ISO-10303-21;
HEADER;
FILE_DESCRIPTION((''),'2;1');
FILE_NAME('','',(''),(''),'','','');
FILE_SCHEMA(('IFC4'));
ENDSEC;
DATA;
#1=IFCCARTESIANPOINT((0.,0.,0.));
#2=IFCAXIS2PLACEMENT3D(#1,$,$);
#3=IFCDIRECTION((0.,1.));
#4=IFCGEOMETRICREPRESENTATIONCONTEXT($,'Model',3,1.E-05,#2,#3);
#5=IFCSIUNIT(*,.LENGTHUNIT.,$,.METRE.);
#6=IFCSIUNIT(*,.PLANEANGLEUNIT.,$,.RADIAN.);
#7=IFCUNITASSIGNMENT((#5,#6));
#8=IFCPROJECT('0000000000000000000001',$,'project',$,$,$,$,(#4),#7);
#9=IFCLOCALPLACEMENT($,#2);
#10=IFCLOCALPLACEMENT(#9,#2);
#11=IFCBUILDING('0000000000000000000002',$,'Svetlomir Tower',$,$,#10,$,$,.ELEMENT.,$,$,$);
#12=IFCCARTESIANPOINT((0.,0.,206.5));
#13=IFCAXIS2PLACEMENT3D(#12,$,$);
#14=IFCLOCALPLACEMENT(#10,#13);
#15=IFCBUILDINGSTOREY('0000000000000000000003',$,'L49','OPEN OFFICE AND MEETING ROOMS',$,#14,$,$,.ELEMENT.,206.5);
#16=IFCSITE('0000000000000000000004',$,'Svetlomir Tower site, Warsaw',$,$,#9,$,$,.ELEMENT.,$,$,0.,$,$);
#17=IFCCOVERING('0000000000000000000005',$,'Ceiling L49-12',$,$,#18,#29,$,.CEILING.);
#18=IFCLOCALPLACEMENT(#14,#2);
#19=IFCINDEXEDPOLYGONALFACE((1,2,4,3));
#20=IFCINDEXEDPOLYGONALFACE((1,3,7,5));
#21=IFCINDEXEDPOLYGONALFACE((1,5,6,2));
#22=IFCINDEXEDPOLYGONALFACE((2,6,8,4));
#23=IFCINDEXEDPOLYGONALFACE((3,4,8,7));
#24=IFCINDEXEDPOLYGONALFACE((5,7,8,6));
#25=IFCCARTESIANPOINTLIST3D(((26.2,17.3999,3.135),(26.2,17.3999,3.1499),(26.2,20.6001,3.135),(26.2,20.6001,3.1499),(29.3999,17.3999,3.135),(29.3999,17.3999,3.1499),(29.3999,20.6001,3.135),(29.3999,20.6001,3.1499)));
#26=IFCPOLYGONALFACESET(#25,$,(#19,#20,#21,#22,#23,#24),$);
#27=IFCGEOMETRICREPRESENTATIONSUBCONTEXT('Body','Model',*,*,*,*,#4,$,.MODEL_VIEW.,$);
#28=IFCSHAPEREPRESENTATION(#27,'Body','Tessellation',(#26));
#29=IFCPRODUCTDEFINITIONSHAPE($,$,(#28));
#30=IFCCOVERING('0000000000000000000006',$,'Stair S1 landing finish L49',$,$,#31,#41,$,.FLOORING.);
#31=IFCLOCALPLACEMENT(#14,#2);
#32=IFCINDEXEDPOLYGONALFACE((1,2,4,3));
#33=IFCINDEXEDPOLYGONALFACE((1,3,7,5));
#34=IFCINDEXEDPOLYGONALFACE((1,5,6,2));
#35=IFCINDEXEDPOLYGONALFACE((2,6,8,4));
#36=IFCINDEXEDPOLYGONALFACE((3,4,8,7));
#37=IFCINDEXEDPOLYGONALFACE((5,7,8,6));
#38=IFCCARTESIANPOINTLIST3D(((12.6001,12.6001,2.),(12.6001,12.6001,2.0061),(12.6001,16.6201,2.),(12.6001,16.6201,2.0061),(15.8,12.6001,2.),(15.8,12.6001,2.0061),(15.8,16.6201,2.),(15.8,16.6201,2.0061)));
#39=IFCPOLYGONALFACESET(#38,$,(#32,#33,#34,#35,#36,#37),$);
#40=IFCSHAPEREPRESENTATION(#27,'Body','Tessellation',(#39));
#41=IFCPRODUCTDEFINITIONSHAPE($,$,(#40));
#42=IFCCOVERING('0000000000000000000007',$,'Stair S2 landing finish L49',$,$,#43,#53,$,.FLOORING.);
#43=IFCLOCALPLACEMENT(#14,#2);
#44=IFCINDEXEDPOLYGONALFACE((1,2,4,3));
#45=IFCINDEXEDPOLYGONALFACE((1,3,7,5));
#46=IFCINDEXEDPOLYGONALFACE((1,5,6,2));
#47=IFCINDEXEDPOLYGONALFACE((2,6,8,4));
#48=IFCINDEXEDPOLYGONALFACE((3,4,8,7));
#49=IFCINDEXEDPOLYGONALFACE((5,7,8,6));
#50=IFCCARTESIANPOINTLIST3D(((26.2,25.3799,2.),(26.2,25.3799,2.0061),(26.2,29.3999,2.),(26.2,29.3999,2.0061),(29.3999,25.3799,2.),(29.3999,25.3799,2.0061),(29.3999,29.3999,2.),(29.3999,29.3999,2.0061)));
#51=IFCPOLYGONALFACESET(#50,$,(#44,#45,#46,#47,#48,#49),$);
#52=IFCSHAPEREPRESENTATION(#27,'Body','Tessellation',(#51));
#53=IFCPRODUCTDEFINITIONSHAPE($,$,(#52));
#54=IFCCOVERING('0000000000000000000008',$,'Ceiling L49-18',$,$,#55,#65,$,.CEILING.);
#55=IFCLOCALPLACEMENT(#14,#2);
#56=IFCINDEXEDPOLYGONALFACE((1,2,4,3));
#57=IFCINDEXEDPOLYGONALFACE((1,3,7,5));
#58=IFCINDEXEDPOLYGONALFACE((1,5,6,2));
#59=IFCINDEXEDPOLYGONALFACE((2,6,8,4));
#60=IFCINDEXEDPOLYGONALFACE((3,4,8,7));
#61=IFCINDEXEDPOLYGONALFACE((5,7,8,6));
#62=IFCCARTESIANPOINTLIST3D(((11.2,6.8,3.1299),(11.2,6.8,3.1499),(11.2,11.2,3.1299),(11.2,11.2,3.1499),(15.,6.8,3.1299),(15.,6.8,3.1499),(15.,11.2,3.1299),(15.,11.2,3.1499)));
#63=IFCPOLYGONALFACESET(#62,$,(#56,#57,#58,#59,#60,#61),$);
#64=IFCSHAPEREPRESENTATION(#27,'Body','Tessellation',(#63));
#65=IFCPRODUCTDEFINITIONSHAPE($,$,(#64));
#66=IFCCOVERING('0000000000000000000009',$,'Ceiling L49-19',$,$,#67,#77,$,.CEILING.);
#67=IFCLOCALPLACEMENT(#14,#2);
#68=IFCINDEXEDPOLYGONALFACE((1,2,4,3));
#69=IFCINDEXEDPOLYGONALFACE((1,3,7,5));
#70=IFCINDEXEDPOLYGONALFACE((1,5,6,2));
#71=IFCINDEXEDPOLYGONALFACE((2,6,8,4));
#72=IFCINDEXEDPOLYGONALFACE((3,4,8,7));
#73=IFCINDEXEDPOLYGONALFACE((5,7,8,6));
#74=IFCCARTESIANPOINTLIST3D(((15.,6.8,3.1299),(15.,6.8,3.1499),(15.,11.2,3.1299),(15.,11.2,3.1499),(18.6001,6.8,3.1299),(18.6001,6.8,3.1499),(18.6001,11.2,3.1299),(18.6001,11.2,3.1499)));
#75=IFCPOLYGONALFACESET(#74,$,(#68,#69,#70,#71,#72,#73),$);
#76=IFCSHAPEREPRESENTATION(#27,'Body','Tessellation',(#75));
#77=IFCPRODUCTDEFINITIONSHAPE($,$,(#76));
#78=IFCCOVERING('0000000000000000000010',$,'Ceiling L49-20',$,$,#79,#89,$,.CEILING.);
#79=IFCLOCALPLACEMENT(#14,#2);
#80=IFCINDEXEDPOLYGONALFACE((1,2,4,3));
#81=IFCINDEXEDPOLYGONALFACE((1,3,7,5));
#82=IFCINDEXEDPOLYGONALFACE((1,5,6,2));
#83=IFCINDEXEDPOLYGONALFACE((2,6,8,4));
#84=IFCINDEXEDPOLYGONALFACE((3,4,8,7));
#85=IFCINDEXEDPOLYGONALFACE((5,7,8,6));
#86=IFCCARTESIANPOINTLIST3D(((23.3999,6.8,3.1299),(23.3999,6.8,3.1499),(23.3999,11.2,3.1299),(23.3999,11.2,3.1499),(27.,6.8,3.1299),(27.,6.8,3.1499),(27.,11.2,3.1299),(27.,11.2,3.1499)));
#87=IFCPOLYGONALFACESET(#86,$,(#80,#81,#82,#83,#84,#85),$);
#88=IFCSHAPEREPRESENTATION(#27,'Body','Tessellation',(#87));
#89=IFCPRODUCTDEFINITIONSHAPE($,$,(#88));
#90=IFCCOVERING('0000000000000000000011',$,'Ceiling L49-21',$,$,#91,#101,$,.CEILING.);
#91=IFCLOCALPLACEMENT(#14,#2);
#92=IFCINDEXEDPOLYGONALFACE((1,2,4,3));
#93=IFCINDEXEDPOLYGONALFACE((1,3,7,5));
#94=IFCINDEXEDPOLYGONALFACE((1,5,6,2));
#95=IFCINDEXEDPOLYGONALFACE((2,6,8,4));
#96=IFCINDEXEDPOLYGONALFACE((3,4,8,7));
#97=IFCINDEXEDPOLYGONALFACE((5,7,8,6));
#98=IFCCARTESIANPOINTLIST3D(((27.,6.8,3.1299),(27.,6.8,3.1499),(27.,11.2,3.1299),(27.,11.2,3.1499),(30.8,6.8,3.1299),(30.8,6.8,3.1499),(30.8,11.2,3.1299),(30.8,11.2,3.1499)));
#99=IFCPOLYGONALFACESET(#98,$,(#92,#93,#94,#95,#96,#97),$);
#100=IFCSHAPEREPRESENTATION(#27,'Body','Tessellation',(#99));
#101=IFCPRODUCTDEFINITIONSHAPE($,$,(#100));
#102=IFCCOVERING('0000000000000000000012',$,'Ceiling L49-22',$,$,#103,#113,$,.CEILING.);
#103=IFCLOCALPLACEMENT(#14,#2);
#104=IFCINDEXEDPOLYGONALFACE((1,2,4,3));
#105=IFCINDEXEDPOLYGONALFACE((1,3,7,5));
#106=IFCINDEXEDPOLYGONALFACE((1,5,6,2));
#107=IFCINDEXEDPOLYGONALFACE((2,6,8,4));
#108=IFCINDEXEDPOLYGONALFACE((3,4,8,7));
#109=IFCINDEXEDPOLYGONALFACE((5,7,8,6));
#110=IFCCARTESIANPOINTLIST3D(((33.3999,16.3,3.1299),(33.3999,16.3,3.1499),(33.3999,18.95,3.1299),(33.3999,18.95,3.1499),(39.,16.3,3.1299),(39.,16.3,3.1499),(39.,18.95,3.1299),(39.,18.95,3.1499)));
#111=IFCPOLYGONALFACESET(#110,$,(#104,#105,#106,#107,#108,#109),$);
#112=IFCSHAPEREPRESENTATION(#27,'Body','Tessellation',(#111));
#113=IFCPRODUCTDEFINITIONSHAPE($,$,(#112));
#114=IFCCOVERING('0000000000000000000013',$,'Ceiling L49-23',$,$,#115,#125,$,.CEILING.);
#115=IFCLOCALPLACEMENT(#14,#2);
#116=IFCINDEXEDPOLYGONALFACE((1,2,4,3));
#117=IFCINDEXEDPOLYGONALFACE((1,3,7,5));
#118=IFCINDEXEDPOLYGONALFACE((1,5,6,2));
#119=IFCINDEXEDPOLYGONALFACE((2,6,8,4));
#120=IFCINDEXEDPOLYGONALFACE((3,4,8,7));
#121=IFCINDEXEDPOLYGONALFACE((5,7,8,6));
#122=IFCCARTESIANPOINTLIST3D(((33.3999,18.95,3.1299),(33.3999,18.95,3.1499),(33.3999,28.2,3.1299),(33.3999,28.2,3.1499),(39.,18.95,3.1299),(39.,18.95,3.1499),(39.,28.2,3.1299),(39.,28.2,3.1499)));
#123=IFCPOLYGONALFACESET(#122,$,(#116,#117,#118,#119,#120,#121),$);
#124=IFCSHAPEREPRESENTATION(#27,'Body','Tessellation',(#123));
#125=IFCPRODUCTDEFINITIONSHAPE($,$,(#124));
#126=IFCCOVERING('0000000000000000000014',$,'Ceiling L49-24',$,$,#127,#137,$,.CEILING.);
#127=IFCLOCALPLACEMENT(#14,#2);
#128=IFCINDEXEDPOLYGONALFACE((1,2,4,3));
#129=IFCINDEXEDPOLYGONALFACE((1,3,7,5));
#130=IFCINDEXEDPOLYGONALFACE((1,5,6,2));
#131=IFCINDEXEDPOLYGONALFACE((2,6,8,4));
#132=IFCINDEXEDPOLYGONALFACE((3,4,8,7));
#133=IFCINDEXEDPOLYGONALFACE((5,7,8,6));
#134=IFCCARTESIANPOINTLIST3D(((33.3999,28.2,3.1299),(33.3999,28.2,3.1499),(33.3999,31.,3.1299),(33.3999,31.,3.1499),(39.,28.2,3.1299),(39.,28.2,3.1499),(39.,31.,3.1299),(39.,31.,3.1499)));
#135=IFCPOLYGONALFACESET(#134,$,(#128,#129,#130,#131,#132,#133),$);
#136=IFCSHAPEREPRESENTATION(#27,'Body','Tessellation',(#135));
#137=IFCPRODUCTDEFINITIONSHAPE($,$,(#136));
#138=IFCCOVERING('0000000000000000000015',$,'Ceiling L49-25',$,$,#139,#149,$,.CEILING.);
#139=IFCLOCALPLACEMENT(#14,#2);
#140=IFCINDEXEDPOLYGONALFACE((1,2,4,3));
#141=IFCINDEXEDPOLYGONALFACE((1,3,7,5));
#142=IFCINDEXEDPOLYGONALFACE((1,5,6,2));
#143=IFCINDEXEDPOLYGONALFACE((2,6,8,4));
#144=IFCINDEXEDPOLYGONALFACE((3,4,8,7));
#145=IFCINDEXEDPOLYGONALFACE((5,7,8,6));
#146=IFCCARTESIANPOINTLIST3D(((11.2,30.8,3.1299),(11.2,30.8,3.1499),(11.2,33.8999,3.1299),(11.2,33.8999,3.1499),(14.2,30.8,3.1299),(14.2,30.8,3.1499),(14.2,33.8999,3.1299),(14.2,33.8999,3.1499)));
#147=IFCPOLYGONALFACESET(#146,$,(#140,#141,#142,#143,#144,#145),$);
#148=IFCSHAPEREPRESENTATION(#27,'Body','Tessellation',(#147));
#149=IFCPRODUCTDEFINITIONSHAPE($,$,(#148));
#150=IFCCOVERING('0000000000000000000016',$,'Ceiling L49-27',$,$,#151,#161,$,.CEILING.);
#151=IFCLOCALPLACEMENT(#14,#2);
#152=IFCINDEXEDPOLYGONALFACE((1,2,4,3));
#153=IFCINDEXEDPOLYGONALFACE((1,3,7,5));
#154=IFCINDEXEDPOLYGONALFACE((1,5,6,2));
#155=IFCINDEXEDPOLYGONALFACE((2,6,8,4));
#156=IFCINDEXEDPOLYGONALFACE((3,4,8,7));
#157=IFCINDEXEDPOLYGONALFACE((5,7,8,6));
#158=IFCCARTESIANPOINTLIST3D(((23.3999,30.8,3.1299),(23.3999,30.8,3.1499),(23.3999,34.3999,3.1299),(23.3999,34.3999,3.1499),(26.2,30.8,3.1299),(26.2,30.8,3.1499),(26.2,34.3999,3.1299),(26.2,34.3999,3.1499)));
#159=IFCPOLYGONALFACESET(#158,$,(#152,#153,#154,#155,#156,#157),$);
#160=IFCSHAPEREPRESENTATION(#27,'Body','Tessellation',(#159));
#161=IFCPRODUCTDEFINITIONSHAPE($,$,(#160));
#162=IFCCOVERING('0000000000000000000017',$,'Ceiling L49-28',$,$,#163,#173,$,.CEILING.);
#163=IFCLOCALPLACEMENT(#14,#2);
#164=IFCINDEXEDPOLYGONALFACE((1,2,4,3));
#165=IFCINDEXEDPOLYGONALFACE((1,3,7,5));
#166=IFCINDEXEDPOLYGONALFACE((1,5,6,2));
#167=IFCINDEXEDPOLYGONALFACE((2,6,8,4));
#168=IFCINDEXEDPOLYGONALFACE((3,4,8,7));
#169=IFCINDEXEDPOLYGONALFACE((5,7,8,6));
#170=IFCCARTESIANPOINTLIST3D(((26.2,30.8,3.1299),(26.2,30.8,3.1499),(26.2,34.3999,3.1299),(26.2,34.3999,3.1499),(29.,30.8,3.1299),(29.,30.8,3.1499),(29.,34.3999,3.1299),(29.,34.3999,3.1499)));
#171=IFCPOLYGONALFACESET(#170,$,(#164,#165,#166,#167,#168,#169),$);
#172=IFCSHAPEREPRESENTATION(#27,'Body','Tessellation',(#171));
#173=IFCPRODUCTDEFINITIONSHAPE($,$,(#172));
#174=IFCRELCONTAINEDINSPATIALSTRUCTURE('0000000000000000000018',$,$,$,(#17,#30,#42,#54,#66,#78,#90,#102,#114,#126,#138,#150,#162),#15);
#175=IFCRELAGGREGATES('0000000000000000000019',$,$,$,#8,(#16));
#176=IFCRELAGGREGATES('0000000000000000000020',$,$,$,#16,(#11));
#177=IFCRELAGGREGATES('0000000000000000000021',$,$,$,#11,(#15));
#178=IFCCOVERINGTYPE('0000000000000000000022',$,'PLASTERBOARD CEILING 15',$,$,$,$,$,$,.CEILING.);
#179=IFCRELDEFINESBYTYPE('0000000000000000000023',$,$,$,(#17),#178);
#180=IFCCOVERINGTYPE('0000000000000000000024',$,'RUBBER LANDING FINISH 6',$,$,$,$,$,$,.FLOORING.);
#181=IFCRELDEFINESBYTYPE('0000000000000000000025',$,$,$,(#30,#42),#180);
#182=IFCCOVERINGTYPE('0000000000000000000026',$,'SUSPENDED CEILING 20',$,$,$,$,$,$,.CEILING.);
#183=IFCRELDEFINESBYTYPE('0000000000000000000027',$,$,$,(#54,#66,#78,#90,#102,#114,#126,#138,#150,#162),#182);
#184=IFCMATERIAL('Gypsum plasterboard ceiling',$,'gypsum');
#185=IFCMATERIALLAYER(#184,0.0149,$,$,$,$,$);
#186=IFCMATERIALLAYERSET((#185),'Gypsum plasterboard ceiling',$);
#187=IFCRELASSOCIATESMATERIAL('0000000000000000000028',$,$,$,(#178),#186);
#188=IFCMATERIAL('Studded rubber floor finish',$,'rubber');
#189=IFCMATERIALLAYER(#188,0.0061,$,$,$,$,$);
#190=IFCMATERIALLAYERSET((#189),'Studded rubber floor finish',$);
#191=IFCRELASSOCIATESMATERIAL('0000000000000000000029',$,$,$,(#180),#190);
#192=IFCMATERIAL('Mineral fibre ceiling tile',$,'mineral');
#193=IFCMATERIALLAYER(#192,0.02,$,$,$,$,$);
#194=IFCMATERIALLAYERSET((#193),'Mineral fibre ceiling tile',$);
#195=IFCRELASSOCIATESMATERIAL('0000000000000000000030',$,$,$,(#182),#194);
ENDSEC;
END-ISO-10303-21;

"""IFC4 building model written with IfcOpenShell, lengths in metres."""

from ifc_helpers import new_model, si_unit, direction, frame, origin, place, context, subcontext, project, spatial, polyline, outline, extrude, material, layer, layer_set, type_object, element, save


model = new_model("IFC4")

# Units and contexts
model_context = context("Model", 3, precision=1e-05, world=origin(), true_north=direction((0.0, 1.0)))
body_context = subcontext(model_context, "Body", "Model", "MODEL_VIEW")
ifc_project = project(units=[si_unit("LENGTHUNIT", "METRE"), si_unit("PLANEANGLEUNIT", "RADIAN")], contexts=[model_context])

# Site, building, storey
site_placement = place(None, origin())
site = spatial("IfcSite", under=ifc_project, at=site_placement, Name="Svetlomir Tower site, Warsaw", CompositionType="ELEMENT", RefElevation=0.0)
building_placement = place(site_placement, origin())
building = spatial("IfcBuilding", under=site, at=building_placement, Name="Svetlomir Tower", CompositionType="ELEMENT")
storey_placement = place(building_placement, frame((0.0, 0.0, 206.5)))
storey = spatial("IfcBuildingStorey", under=building, at=storey_placement, Name="L49", Description="OPEN OFFICE AND MEETING ROOMS", CompositionType="ELEMENT", Elevation=206.5)

# Coverings
ifc_material_1 = material(Name="Gypsum plasterboard ceiling", Category="gypsum")
ifc_layer_1 = layer(ifc_material_1, 0.0149)
ifc_layer_set_1 = layer_set([ifc_layer_1], Name="Gypsum plasterboard ceiling")
covering_type_1 = type_object("IfcCoveringType", Name="PLASTERBOARD CEILING 15", PredefinedType="CEILING", material=ifc_layer_set_1)
covering_1_placement = place(storey_placement, frame((0.0, 0.0, 3.135)))
element("IfcCovering", 1, at=covering_1_placement, inside=storey, type_object=covering_type_1, Name="Ceiling L49-12", PredefinedType="CEILING", context=body_context, shape_type="SweptSolid", body=[
    extrude(outline(polyline([(26.2, 17.3999), (29.3999, 17.3999), (29.3999, 20.6001), (26.2, 20.6001), (26.2, 17.3999)])), origin(), (0.0, 0.0, 1.0), 0.0149),
])
ifc_material_2 = material(Name="Studded rubber floor finish", Category="rubber")
ifc_layer_2 = layer(ifc_material_2, 0.0061)
ifc_layer_set_2 = layer_set([ifc_layer_2], Name="Studded rubber floor finish")
covering_type_2 = type_object("IfcCoveringType", Name="RUBBER LANDING FINISH 6", PredefinedType="FLOORING", material=ifc_layer_set_2)
covering_2_placement = place(storey_placement, frame((0.0, 0.0, 2.0)))
element("IfcCovering", 2, at=covering_2_placement, inside=storey, type_object=covering_type_2, Name="Stair S1 landing finish L49", PredefinedType="FLOORING", context=body_context, shape_type="SweptSolid", body=[
    extrude(outline(polyline([(12.6001, 12.6001), (15.8, 12.6001), (15.8, 16.6201), (12.6001, 16.6201), (12.6001, 12.6001)])), origin(), (0.0, 0.0, 1.0), 0.0061),
])
covering_3_placement = place(storey_placement, frame((0.0, 0.0, 2.0)))
element("IfcCovering", 3, at=covering_3_placement, inside=storey, type_object=covering_type_2, Name="Stair S2 landing finish L49", PredefinedType="FLOORING", context=body_context, shape_type="SweptSolid", body=[
    extrude(outline(polyline([(26.2, 25.3799), (29.3999, 25.3799), (29.3999, 29.3999), (26.2, 29.3999), (26.2, 25.3799)])), origin(), (0.0, 0.0, 1.0), 0.0061),
])
ifc_material_3 = material(Name="Mineral fibre ceiling tile", Category="mineral")
ifc_layer_3 = layer(ifc_material_3, 0.02)
ifc_layer_set_3 = layer_set([ifc_layer_3], Name="Mineral fibre ceiling tile")
covering_type_3 = type_object("IfcCoveringType", Name="SUSPENDED CEILING 20", PredefinedType="CEILING", material=ifc_layer_set_3)
covering_4_placement = place(storey_placement, frame((0.0, 0.0, 3.1299)))
element("IfcCovering", 4, at=covering_4_placement, inside=storey, type_object=covering_type_3, Name="Ceiling L49-18", PredefinedType="CEILING", context=body_context, shape_type="SweptSolid", body=[
    extrude(outline(polyline([(11.2, 6.8), (15.0, 6.8), (15.0, 11.2), (11.2, 11.2), (11.2, 6.8)])), origin(), (0.0, 0.0, 1.0), 0.02),
])
covering_5_placement = place(storey_placement, frame((0.0, 0.0, 3.1299)))
element("IfcCovering", 5, at=covering_5_placement, inside=storey, type_object=covering_type_3, Name="Ceiling L49-19", PredefinedType="CEILING", context=body_context, shape_type="SweptSolid", body=[
    extrude(outline(polyline([(15.0, 6.8), (18.6001, 6.8), (18.6001, 11.2), (15.0, 11.2), (15.0, 6.8)])), origin(), (0.0, 0.0, 1.0), 0.02),
])
covering_6_placement = place(storey_placement, frame((0.0, 0.0, 3.1299)))
element("IfcCovering", 6, at=covering_6_placement, inside=storey, type_object=covering_type_3, Name="Ceiling L49-20", PredefinedType="CEILING", context=body_context, shape_type="SweptSolid", body=[
    extrude(outline(polyline([(23.3999, 6.8), (27.0, 6.8), (27.0, 11.2), (23.3999, 11.2), (23.3999, 6.8)])), origin(), (0.0, 0.0, 1.0), 0.02),
])
covering_7_placement = place(storey_placement, frame((0.0, 0.0, 3.1299)))
element("IfcCovering", 7, at=covering_7_placement, inside=storey, type_object=covering_type_3, Name="Ceiling L49-21", PredefinedType="CEILING", context=body_context, shape_type="SweptSolid", body=[
    extrude(outline(polyline([(27.0, 6.8), (30.8, 6.8), (30.8, 11.2), (27.0, 11.2), (27.0, 6.8)])), origin(), (0.0, 0.0, 1.0), 0.02),
])
covering_8_placement = place(storey_placement, frame((0.0, 0.0, 3.1299)))
element("IfcCovering", 8, at=covering_8_placement, inside=storey, type_object=covering_type_3, Name="Ceiling L49-22", PredefinedType="CEILING", context=body_context, shape_type="SweptSolid", body=[
    extrude(outline(polyline([(33.3999, 16.3), (39.0, 16.3), (39.0, 18.95), (33.3999, 18.95), (33.3999, 16.3)])), origin(), (0.0, 0.0, 1.0), 0.02),
])
covering_9_placement = place(storey_placement, frame((0.0, 0.0, 3.1299)))
element("IfcCovering", 9, at=covering_9_placement, inside=storey, type_object=covering_type_3, Name="Ceiling L49-23", PredefinedType="CEILING", context=body_context, shape_type="SweptSolid", body=[
    extrude(outline(polyline([(33.3999, 18.95), (39.0, 18.95), (39.0, 28.2), (33.3999, 28.2), (33.3999, 18.95)])), origin(), (0.0, 0.0, 1.0), 0.02),
])
covering_10_placement = place(storey_placement, frame((0.0, 0.0, 3.1299)))
element("IfcCovering", 10, at=covering_10_placement, inside=storey, type_object=covering_type_3, Name="Ceiling L49-24", PredefinedType="CEILING", context=body_context, shape_type="SweptSolid", body=[
    extrude(outline(polyline([(33.3999, 28.2), (39.0, 28.2), (39.0, 31.0), (33.3999, 31.0), (33.3999, 28.2)])), origin(), (0.0, 0.0, 1.0), 0.02),
])
covering_11_placement = place(storey_placement, frame((0.0, 0.0, 3.1299)))
element("IfcCovering", 11, at=covering_11_placement, inside=storey, type_object=covering_type_3, Name="Ceiling L49-25", PredefinedType="CEILING", context=body_context, shape_type="SweptSolid", body=[
    extrude(outline(polyline([(11.2, 30.8), (14.2, 30.8), (14.2, 33.8999), (11.2, 33.8999), (11.2, 30.8)])), origin(), (0.0, 0.0, 1.0), 0.02),
])
covering_12_placement = place(storey_placement, frame((0.0, 0.0, 3.1299)))
element("IfcCovering", 12, at=covering_12_placement, inside=storey, type_object=covering_type_3, Name="Ceiling L49-27", PredefinedType="CEILING", context=body_context, shape_type="SweptSolid", body=[
    extrude(outline(polyline([(23.3999, 30.8), (26.2, 30.8), (26.2, 34.3999), (23.3999, 34.3999), (23.3999, 30.8)])), origin(), (0.0, 0.0, 1.0), 0.02),
])
covering_13_placement = place(storey_placement, frame((0.0, 0.0, 3.1299)))
element("IfcCovering", 13, at=covering_13_placement, inside=storey, type_object=covering_type_3, Name="Ceiling L49-28", PredefinedType="CEILING", context=body_context, shape_type="SweptSolid", body=[
    extrude(outline(polyline([(26.2, 30.8), (29.0, 30.8), (29.0, 34.3999), (26.2, 34.3999), (26.2, 30.8)])), origin(), (0.0, 0.0, 1.0), 0.02),
])

save(model, "model.ifc")
